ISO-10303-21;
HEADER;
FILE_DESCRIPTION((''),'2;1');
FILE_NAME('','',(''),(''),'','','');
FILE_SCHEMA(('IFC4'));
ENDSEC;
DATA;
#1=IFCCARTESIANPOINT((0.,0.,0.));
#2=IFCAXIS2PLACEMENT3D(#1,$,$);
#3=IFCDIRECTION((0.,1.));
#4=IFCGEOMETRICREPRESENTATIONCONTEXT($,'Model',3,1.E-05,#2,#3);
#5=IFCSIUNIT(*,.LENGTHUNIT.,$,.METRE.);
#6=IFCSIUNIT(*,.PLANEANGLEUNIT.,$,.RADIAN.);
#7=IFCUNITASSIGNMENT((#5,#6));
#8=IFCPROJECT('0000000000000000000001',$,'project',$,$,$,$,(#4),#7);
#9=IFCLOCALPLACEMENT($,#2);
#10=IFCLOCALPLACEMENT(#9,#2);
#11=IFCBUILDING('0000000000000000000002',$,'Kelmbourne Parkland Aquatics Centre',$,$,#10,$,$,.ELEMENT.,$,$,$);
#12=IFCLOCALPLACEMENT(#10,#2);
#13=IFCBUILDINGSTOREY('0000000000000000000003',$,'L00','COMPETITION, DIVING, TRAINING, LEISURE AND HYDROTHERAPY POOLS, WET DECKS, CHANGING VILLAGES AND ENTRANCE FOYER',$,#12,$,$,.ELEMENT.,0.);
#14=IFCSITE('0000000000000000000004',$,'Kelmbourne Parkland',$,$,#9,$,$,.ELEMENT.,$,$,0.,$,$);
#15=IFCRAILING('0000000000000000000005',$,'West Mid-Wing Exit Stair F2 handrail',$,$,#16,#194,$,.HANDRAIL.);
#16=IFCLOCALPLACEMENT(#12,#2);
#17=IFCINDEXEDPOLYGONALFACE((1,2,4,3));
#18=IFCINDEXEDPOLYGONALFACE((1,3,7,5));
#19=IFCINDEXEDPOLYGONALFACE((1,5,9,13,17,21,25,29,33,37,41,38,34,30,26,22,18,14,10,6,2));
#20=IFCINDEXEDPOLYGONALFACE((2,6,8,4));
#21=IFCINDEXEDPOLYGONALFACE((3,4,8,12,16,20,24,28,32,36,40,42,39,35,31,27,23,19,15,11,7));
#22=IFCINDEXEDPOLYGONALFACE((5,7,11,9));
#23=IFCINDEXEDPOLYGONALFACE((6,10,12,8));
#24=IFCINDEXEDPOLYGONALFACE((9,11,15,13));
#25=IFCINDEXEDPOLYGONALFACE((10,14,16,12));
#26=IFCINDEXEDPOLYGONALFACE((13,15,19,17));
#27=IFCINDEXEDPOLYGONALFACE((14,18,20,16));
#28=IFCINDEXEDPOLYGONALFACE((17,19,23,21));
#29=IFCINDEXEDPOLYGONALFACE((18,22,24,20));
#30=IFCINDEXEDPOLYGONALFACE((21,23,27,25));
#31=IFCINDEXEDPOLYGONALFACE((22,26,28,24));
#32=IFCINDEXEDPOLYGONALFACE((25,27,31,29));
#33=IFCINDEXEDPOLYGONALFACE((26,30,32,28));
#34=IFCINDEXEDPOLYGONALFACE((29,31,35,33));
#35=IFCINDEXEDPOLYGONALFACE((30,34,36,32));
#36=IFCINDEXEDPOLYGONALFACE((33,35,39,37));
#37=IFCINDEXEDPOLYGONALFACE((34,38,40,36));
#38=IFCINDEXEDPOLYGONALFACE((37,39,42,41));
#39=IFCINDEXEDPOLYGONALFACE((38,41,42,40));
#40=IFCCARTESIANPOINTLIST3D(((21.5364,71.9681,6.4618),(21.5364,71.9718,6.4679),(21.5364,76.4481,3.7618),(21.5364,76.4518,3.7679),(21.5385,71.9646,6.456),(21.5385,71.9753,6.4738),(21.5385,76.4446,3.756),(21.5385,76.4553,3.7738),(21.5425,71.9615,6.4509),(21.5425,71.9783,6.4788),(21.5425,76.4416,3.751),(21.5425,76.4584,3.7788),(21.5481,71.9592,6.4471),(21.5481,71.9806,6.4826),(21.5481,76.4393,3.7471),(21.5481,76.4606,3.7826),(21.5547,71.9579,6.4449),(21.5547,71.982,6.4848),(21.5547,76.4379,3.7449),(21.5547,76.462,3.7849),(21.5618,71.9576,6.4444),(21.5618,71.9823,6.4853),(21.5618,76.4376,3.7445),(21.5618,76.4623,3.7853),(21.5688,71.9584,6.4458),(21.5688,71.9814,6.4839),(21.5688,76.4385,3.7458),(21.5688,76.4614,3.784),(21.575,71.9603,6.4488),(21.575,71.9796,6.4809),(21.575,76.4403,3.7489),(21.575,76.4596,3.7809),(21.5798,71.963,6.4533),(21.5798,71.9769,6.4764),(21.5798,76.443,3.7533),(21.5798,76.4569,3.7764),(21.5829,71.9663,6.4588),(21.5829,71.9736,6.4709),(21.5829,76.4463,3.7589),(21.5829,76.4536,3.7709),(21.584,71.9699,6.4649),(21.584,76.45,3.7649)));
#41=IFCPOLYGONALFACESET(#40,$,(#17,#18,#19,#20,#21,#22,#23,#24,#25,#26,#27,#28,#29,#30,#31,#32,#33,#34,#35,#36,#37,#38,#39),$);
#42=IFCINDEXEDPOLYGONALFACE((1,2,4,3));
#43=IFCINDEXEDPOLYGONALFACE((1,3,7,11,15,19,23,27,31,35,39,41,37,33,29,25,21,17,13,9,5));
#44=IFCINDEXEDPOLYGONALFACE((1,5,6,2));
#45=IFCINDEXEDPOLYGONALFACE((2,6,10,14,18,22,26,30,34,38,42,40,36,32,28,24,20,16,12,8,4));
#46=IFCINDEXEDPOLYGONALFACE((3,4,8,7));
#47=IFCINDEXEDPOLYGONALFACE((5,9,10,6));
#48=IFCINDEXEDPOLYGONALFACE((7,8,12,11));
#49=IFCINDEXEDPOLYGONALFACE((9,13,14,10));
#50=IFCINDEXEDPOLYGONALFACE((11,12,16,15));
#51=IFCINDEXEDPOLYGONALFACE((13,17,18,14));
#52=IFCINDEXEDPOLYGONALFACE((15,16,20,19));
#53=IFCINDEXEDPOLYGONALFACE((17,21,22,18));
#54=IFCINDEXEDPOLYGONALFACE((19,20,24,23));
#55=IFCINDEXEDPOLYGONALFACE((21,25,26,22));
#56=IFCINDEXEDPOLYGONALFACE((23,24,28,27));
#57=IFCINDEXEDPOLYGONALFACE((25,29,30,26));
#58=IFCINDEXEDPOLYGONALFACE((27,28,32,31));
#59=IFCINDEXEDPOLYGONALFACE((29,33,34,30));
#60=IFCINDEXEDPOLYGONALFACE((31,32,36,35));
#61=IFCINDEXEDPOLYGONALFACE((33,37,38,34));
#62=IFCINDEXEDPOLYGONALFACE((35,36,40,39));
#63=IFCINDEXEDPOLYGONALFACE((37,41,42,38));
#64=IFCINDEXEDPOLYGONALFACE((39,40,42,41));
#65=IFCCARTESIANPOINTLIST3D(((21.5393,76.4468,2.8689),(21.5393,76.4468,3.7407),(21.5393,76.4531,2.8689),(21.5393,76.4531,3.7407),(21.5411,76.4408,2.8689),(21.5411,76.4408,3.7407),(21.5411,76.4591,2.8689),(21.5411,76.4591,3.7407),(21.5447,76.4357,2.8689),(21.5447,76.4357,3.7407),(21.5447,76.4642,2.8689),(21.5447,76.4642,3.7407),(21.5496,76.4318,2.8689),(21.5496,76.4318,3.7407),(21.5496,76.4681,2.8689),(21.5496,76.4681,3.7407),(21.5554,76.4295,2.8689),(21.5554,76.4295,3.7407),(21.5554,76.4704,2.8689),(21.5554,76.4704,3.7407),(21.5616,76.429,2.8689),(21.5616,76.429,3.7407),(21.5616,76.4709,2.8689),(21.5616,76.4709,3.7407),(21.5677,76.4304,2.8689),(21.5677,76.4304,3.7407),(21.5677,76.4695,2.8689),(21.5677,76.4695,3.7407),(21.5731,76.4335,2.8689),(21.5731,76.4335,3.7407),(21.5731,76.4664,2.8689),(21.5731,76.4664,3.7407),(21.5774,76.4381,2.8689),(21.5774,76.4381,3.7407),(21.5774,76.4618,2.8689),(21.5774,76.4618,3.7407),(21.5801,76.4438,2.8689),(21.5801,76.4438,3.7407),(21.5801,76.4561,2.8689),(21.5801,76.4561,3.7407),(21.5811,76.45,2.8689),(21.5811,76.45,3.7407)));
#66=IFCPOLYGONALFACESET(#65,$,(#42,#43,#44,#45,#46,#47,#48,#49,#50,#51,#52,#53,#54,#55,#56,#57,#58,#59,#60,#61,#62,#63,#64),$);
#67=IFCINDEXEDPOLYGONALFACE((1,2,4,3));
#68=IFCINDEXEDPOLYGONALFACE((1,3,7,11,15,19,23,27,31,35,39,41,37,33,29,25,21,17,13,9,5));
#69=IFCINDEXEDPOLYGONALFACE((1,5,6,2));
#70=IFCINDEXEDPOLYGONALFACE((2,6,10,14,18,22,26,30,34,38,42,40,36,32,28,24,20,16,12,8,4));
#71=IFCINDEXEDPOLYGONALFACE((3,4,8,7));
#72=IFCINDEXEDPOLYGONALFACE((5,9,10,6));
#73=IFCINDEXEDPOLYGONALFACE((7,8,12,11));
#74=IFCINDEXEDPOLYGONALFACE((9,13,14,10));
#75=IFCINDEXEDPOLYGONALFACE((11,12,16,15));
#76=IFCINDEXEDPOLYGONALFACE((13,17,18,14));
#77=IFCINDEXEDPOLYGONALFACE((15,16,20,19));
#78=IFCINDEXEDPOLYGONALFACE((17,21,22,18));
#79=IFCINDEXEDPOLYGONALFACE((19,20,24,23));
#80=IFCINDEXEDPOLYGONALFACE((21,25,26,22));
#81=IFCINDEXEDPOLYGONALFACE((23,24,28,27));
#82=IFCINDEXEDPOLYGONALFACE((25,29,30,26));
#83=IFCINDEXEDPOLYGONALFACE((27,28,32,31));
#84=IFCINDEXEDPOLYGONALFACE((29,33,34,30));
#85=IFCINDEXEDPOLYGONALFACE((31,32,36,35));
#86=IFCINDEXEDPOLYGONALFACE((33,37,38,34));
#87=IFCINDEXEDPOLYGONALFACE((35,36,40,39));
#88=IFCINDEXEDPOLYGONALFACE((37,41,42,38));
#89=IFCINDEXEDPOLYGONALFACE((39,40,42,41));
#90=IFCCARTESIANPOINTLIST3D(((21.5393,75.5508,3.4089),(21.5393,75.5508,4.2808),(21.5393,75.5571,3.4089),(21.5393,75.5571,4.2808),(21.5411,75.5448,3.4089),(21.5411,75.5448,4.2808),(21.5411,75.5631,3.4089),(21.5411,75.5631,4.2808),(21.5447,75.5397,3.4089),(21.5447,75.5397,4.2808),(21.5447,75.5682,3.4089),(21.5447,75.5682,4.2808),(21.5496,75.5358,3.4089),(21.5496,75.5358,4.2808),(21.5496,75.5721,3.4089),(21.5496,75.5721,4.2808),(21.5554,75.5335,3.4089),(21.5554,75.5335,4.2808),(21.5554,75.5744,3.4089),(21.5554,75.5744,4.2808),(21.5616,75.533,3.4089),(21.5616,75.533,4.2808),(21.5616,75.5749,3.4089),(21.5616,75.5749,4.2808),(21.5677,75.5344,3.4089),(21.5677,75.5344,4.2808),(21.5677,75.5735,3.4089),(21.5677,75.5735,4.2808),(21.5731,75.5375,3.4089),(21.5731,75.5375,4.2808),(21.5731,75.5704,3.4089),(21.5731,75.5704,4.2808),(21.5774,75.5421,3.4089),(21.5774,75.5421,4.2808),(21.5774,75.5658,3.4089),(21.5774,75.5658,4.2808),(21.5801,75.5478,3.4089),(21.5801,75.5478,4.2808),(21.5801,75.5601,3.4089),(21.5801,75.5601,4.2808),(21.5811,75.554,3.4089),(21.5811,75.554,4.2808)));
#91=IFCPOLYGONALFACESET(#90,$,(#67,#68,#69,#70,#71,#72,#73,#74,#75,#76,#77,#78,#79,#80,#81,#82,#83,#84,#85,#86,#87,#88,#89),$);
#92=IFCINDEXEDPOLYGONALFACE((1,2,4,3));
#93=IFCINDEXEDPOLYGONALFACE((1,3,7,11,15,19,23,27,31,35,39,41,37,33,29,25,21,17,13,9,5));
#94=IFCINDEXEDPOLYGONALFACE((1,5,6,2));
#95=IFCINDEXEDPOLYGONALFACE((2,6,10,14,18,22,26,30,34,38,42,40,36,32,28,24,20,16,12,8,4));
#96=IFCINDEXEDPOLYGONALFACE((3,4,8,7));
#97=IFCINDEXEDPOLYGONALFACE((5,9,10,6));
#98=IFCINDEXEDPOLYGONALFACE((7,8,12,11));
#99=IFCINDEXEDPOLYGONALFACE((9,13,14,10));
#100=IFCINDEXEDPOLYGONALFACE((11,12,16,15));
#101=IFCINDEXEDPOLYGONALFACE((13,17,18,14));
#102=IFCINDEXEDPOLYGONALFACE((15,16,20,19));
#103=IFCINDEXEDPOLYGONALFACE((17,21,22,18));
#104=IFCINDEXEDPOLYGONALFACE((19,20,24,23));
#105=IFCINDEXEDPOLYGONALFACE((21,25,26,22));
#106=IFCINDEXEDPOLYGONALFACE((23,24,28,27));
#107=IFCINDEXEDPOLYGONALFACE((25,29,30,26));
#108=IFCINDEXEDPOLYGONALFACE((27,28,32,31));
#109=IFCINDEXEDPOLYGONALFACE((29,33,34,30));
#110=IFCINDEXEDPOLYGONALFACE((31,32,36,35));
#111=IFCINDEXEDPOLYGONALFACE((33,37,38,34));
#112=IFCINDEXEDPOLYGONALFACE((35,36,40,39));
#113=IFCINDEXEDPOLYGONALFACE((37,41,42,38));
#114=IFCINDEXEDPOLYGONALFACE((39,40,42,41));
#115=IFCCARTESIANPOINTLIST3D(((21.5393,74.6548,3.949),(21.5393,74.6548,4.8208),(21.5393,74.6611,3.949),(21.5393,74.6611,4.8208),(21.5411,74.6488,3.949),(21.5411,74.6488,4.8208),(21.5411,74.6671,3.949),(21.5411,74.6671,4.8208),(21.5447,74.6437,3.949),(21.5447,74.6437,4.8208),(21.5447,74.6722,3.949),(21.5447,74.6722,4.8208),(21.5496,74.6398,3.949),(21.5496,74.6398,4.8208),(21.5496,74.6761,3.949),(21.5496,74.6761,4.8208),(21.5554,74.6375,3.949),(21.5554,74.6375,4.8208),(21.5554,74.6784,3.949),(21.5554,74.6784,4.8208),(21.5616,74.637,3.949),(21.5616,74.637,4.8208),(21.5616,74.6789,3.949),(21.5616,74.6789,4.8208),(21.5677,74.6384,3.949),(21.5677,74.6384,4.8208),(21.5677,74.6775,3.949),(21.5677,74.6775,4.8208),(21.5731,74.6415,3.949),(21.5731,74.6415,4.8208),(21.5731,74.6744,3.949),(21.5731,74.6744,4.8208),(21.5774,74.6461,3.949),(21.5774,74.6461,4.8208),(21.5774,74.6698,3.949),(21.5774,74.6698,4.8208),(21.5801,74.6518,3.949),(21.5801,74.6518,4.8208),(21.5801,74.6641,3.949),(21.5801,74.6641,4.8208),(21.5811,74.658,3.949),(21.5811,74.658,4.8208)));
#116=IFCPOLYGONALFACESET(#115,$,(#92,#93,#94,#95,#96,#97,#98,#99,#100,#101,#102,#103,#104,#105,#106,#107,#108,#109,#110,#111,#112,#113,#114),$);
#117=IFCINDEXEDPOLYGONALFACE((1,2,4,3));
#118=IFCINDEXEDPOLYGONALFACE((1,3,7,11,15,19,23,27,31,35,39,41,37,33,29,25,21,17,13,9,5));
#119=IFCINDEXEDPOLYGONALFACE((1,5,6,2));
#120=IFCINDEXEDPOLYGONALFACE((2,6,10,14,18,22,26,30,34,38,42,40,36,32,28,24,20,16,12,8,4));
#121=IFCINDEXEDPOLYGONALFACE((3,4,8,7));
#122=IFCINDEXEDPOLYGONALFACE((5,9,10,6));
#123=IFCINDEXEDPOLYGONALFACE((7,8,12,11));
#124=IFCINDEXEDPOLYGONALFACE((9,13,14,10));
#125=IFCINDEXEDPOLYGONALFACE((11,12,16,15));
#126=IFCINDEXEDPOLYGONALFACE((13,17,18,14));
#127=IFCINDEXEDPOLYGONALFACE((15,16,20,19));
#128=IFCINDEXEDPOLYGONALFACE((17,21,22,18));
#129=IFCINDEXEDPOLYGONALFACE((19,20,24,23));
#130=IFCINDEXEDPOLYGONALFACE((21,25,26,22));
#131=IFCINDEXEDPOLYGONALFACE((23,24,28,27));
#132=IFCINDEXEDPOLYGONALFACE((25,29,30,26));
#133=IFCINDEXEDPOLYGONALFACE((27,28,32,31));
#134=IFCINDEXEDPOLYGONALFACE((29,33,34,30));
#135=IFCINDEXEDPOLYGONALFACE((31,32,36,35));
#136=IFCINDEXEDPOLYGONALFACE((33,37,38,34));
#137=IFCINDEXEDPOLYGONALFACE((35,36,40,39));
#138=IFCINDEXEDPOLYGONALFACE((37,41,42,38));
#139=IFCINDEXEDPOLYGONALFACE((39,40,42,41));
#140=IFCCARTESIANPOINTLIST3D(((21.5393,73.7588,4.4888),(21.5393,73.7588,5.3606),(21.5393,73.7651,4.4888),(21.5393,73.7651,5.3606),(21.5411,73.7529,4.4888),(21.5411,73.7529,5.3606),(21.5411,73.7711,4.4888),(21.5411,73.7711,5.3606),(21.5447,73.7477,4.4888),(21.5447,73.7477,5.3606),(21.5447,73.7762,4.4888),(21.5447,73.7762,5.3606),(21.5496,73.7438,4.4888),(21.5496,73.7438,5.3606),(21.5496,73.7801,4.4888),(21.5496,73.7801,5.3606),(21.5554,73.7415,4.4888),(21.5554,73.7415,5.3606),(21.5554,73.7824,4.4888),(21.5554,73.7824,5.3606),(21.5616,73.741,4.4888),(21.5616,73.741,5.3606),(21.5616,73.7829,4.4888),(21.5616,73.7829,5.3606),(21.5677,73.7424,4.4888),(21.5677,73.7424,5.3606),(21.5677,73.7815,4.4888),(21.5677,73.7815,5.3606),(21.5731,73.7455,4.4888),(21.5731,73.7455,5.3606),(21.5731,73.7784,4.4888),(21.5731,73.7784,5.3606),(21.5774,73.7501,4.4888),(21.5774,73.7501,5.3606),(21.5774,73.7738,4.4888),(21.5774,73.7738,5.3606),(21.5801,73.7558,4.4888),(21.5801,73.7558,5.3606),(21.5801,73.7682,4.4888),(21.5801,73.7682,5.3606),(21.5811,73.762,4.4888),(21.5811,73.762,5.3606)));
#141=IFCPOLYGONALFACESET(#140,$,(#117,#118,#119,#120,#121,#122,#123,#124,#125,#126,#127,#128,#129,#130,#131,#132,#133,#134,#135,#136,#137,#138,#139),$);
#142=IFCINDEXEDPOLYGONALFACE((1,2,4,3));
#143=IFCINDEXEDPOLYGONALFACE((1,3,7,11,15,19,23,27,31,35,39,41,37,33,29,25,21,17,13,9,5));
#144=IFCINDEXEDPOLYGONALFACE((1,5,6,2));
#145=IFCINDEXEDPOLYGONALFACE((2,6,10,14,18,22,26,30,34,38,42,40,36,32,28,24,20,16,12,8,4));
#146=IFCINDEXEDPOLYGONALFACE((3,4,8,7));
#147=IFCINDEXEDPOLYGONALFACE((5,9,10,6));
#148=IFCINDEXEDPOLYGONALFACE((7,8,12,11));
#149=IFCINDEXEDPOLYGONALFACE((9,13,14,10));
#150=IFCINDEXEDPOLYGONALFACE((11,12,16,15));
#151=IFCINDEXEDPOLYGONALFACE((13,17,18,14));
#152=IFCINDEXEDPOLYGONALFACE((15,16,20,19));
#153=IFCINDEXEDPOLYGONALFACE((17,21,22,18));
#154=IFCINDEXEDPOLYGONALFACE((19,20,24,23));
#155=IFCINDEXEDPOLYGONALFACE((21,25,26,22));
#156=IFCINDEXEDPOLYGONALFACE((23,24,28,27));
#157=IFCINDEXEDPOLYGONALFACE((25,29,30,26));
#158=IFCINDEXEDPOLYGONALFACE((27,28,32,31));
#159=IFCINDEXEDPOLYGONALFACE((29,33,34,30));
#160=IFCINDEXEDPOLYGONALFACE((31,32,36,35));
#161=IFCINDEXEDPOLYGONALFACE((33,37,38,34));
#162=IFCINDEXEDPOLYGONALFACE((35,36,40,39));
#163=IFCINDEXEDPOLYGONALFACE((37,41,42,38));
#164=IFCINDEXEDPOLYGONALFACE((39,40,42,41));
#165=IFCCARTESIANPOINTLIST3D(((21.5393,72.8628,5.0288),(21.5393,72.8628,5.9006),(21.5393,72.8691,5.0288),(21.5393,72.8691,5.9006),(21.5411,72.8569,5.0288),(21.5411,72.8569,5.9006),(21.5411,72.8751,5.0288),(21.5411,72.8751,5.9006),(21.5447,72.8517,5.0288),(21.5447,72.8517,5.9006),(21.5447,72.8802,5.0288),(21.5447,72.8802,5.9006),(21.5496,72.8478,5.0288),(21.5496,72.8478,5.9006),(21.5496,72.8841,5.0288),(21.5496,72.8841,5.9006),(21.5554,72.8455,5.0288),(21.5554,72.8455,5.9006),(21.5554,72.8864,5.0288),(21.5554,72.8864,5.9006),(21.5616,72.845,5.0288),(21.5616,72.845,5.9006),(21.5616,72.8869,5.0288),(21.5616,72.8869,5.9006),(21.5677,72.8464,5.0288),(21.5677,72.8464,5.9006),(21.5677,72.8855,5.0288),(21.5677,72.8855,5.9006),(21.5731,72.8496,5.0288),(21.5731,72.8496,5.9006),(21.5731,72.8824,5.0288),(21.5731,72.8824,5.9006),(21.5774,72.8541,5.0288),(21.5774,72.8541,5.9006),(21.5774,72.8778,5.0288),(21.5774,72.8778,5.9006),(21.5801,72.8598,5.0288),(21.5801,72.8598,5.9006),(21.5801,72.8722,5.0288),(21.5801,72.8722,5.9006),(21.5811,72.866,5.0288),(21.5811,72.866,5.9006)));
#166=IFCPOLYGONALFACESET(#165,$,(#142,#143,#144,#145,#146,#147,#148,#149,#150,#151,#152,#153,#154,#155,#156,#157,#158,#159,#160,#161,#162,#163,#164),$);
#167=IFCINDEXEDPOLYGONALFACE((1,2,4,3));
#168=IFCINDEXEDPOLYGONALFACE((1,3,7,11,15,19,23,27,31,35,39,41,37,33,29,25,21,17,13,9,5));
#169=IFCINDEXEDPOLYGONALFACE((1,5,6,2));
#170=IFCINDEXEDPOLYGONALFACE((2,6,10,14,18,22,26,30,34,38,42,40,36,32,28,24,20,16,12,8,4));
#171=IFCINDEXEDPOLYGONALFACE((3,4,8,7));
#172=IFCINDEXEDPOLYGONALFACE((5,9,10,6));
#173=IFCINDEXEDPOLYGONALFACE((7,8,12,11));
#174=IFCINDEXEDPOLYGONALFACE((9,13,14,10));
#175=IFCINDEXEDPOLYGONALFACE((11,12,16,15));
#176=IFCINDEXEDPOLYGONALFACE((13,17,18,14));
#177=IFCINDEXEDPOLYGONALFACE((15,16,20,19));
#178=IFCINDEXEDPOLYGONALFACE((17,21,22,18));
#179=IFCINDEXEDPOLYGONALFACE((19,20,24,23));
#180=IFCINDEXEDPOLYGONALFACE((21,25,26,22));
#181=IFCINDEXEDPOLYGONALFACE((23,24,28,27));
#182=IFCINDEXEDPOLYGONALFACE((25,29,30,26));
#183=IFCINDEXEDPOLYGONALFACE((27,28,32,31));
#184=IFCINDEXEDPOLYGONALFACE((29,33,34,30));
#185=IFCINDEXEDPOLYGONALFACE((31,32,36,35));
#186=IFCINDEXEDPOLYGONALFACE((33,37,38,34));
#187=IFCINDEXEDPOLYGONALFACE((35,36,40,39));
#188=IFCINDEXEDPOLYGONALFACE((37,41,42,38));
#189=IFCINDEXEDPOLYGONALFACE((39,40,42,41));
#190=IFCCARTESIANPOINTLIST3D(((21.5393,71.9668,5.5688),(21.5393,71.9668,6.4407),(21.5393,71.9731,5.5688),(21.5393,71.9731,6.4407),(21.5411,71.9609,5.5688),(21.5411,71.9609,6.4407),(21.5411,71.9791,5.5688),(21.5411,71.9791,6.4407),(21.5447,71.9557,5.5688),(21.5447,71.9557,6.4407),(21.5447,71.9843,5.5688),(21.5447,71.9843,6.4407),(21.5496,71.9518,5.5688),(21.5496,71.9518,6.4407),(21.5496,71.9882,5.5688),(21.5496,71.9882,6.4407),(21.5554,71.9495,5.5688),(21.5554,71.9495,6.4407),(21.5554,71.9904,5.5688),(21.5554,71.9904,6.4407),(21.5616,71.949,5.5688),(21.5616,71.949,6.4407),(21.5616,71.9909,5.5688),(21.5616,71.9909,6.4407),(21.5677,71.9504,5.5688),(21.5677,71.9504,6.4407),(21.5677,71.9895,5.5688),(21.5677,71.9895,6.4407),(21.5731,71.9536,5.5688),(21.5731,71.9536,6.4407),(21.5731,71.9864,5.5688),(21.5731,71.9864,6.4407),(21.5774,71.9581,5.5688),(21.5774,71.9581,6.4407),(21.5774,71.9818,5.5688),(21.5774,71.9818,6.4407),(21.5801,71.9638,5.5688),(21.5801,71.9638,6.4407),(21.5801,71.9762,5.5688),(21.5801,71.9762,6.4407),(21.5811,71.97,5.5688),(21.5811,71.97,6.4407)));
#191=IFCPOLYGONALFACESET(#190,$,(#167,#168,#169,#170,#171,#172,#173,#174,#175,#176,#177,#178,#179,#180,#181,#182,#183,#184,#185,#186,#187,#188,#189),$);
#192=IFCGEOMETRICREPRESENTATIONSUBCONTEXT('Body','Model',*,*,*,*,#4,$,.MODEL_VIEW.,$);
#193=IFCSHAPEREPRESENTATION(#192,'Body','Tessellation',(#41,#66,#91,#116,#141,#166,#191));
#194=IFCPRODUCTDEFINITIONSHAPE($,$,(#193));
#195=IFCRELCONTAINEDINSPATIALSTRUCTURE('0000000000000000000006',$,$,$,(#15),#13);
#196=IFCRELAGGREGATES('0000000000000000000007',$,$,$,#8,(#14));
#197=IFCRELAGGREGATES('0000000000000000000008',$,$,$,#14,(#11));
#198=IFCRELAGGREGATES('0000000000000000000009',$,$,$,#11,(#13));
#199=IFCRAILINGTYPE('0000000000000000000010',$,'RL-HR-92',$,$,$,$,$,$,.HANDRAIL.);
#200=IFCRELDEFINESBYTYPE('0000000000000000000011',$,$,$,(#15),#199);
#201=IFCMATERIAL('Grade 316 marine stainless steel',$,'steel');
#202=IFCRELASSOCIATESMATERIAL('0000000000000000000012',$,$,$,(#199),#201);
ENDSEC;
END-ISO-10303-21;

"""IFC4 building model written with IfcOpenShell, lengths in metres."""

from ifc_helpers import new_model, si_unit, direction, frame, origin, origin_2d, place, context, subcontext, project, spatial, circle, extrude, material, type_object, element, save


model = new_model("IFC4")

# Units and contexts
model_context = context("Model", 3, precision=1e-05, world=origin(), true_north=direction((0.0, 1.0)))
body_context = subcontext(model_context, "Body", "Model", "MODEL_VIEW")
ifc_project = project(units=[si_unit("LENGTHUNIT", "METRE"), si_unit("PLANEANGLEUNIT", "RADIAN")], contexts=[model_context])

# Site, building, storey
site_placement = place(None, origin())
site = spatial("IfcSite", under=ifc_project, at=site_placement, Name="Kelmbourne Parkland", CompositionType="ELEMENT", RefElevation=0.0)
building_placement = place(site_placement, origin())
building = spatial("IfcBuilding", under=site, at=building_placement, Name="Kelmbourne Parkland Aquatics Centre", CompositionType="ELEMENT")
storey_placement = place(building_placement, origin())
storey = spatial("IfcBuildingStorey", under=building, at=storey_placement, Name="L00", Description="COMPETITION, DIVING, TRAINING, LEISURE AND HYDROTHERAPY POOLS, WET DECKS, CHANGING VILLAGES AND ENTRANCE FOYER", CompositionType="ELEMENT", Elevation=0.0)

# Railing
ifc_material_1 = material(Name="Grade 316 marine stainless steel", Category="steel")
railing_type_1 = type_object("IfcRailingType", Name="RL-HR-92", PredefinedType="HANDRAIL", material=ifc_material_1)
railing_1_placement = place(storey_placement, frame((21.5601, 76.45, 2.8689)))
element("IfcRailing", 1, at=railing_1_placement, inside=storey, type_object=railing_type_1, Name="West Mid-Wing Exit Stair F2 handrail", PredefinedType="HANDRAIL", context=body_context, shape_type="SweptSolid", body=[
    extrude(circle(Radius=0.0239, at=origin_2d()), frame((0.0, 0.0, 0.896), z_axis=(0.0, -0.856482, 0.516176), x_axis=(1.0, 0.0, 0.0)), (0.0, 0.0, 1.0), 5.2307),
    extrude(circle(Radius=0.021, at=origin_2d()), origin(), (0.0, 0.0, 1.0), 0.8718),
    extrude(circle(Radius=0.021, at=origin_2d()), frame((0.0, -0.896, 0.54)), (0.0, 0.0, 1.0), 0.8718),
    extrude(circle(Radius=0.021, at=origin_2d()), frame((0.0, -1.792, 1.0801)), (0.0, 0.0, 1.0), 0.8718),
    extrude(circle(Radius=0.021, at=origin_2d()), frame((0.0, -2.688, 1.6199)), (0.0, 0.0, 1.0), 0.8718),
    extrude(circle(Radius=0.021, at=origin_2d()), frame((0.0, -3.584, 2.1599)), (0.0, 0.0, 1.0), 0.8718),
    extrude(circle(Radius=0.021, at=origin_2d()), frame((0.0, -4.48, 2.7)), (0.0, 0.0, 1.0), 0.8718),
])

save(model, "model.ifc")
